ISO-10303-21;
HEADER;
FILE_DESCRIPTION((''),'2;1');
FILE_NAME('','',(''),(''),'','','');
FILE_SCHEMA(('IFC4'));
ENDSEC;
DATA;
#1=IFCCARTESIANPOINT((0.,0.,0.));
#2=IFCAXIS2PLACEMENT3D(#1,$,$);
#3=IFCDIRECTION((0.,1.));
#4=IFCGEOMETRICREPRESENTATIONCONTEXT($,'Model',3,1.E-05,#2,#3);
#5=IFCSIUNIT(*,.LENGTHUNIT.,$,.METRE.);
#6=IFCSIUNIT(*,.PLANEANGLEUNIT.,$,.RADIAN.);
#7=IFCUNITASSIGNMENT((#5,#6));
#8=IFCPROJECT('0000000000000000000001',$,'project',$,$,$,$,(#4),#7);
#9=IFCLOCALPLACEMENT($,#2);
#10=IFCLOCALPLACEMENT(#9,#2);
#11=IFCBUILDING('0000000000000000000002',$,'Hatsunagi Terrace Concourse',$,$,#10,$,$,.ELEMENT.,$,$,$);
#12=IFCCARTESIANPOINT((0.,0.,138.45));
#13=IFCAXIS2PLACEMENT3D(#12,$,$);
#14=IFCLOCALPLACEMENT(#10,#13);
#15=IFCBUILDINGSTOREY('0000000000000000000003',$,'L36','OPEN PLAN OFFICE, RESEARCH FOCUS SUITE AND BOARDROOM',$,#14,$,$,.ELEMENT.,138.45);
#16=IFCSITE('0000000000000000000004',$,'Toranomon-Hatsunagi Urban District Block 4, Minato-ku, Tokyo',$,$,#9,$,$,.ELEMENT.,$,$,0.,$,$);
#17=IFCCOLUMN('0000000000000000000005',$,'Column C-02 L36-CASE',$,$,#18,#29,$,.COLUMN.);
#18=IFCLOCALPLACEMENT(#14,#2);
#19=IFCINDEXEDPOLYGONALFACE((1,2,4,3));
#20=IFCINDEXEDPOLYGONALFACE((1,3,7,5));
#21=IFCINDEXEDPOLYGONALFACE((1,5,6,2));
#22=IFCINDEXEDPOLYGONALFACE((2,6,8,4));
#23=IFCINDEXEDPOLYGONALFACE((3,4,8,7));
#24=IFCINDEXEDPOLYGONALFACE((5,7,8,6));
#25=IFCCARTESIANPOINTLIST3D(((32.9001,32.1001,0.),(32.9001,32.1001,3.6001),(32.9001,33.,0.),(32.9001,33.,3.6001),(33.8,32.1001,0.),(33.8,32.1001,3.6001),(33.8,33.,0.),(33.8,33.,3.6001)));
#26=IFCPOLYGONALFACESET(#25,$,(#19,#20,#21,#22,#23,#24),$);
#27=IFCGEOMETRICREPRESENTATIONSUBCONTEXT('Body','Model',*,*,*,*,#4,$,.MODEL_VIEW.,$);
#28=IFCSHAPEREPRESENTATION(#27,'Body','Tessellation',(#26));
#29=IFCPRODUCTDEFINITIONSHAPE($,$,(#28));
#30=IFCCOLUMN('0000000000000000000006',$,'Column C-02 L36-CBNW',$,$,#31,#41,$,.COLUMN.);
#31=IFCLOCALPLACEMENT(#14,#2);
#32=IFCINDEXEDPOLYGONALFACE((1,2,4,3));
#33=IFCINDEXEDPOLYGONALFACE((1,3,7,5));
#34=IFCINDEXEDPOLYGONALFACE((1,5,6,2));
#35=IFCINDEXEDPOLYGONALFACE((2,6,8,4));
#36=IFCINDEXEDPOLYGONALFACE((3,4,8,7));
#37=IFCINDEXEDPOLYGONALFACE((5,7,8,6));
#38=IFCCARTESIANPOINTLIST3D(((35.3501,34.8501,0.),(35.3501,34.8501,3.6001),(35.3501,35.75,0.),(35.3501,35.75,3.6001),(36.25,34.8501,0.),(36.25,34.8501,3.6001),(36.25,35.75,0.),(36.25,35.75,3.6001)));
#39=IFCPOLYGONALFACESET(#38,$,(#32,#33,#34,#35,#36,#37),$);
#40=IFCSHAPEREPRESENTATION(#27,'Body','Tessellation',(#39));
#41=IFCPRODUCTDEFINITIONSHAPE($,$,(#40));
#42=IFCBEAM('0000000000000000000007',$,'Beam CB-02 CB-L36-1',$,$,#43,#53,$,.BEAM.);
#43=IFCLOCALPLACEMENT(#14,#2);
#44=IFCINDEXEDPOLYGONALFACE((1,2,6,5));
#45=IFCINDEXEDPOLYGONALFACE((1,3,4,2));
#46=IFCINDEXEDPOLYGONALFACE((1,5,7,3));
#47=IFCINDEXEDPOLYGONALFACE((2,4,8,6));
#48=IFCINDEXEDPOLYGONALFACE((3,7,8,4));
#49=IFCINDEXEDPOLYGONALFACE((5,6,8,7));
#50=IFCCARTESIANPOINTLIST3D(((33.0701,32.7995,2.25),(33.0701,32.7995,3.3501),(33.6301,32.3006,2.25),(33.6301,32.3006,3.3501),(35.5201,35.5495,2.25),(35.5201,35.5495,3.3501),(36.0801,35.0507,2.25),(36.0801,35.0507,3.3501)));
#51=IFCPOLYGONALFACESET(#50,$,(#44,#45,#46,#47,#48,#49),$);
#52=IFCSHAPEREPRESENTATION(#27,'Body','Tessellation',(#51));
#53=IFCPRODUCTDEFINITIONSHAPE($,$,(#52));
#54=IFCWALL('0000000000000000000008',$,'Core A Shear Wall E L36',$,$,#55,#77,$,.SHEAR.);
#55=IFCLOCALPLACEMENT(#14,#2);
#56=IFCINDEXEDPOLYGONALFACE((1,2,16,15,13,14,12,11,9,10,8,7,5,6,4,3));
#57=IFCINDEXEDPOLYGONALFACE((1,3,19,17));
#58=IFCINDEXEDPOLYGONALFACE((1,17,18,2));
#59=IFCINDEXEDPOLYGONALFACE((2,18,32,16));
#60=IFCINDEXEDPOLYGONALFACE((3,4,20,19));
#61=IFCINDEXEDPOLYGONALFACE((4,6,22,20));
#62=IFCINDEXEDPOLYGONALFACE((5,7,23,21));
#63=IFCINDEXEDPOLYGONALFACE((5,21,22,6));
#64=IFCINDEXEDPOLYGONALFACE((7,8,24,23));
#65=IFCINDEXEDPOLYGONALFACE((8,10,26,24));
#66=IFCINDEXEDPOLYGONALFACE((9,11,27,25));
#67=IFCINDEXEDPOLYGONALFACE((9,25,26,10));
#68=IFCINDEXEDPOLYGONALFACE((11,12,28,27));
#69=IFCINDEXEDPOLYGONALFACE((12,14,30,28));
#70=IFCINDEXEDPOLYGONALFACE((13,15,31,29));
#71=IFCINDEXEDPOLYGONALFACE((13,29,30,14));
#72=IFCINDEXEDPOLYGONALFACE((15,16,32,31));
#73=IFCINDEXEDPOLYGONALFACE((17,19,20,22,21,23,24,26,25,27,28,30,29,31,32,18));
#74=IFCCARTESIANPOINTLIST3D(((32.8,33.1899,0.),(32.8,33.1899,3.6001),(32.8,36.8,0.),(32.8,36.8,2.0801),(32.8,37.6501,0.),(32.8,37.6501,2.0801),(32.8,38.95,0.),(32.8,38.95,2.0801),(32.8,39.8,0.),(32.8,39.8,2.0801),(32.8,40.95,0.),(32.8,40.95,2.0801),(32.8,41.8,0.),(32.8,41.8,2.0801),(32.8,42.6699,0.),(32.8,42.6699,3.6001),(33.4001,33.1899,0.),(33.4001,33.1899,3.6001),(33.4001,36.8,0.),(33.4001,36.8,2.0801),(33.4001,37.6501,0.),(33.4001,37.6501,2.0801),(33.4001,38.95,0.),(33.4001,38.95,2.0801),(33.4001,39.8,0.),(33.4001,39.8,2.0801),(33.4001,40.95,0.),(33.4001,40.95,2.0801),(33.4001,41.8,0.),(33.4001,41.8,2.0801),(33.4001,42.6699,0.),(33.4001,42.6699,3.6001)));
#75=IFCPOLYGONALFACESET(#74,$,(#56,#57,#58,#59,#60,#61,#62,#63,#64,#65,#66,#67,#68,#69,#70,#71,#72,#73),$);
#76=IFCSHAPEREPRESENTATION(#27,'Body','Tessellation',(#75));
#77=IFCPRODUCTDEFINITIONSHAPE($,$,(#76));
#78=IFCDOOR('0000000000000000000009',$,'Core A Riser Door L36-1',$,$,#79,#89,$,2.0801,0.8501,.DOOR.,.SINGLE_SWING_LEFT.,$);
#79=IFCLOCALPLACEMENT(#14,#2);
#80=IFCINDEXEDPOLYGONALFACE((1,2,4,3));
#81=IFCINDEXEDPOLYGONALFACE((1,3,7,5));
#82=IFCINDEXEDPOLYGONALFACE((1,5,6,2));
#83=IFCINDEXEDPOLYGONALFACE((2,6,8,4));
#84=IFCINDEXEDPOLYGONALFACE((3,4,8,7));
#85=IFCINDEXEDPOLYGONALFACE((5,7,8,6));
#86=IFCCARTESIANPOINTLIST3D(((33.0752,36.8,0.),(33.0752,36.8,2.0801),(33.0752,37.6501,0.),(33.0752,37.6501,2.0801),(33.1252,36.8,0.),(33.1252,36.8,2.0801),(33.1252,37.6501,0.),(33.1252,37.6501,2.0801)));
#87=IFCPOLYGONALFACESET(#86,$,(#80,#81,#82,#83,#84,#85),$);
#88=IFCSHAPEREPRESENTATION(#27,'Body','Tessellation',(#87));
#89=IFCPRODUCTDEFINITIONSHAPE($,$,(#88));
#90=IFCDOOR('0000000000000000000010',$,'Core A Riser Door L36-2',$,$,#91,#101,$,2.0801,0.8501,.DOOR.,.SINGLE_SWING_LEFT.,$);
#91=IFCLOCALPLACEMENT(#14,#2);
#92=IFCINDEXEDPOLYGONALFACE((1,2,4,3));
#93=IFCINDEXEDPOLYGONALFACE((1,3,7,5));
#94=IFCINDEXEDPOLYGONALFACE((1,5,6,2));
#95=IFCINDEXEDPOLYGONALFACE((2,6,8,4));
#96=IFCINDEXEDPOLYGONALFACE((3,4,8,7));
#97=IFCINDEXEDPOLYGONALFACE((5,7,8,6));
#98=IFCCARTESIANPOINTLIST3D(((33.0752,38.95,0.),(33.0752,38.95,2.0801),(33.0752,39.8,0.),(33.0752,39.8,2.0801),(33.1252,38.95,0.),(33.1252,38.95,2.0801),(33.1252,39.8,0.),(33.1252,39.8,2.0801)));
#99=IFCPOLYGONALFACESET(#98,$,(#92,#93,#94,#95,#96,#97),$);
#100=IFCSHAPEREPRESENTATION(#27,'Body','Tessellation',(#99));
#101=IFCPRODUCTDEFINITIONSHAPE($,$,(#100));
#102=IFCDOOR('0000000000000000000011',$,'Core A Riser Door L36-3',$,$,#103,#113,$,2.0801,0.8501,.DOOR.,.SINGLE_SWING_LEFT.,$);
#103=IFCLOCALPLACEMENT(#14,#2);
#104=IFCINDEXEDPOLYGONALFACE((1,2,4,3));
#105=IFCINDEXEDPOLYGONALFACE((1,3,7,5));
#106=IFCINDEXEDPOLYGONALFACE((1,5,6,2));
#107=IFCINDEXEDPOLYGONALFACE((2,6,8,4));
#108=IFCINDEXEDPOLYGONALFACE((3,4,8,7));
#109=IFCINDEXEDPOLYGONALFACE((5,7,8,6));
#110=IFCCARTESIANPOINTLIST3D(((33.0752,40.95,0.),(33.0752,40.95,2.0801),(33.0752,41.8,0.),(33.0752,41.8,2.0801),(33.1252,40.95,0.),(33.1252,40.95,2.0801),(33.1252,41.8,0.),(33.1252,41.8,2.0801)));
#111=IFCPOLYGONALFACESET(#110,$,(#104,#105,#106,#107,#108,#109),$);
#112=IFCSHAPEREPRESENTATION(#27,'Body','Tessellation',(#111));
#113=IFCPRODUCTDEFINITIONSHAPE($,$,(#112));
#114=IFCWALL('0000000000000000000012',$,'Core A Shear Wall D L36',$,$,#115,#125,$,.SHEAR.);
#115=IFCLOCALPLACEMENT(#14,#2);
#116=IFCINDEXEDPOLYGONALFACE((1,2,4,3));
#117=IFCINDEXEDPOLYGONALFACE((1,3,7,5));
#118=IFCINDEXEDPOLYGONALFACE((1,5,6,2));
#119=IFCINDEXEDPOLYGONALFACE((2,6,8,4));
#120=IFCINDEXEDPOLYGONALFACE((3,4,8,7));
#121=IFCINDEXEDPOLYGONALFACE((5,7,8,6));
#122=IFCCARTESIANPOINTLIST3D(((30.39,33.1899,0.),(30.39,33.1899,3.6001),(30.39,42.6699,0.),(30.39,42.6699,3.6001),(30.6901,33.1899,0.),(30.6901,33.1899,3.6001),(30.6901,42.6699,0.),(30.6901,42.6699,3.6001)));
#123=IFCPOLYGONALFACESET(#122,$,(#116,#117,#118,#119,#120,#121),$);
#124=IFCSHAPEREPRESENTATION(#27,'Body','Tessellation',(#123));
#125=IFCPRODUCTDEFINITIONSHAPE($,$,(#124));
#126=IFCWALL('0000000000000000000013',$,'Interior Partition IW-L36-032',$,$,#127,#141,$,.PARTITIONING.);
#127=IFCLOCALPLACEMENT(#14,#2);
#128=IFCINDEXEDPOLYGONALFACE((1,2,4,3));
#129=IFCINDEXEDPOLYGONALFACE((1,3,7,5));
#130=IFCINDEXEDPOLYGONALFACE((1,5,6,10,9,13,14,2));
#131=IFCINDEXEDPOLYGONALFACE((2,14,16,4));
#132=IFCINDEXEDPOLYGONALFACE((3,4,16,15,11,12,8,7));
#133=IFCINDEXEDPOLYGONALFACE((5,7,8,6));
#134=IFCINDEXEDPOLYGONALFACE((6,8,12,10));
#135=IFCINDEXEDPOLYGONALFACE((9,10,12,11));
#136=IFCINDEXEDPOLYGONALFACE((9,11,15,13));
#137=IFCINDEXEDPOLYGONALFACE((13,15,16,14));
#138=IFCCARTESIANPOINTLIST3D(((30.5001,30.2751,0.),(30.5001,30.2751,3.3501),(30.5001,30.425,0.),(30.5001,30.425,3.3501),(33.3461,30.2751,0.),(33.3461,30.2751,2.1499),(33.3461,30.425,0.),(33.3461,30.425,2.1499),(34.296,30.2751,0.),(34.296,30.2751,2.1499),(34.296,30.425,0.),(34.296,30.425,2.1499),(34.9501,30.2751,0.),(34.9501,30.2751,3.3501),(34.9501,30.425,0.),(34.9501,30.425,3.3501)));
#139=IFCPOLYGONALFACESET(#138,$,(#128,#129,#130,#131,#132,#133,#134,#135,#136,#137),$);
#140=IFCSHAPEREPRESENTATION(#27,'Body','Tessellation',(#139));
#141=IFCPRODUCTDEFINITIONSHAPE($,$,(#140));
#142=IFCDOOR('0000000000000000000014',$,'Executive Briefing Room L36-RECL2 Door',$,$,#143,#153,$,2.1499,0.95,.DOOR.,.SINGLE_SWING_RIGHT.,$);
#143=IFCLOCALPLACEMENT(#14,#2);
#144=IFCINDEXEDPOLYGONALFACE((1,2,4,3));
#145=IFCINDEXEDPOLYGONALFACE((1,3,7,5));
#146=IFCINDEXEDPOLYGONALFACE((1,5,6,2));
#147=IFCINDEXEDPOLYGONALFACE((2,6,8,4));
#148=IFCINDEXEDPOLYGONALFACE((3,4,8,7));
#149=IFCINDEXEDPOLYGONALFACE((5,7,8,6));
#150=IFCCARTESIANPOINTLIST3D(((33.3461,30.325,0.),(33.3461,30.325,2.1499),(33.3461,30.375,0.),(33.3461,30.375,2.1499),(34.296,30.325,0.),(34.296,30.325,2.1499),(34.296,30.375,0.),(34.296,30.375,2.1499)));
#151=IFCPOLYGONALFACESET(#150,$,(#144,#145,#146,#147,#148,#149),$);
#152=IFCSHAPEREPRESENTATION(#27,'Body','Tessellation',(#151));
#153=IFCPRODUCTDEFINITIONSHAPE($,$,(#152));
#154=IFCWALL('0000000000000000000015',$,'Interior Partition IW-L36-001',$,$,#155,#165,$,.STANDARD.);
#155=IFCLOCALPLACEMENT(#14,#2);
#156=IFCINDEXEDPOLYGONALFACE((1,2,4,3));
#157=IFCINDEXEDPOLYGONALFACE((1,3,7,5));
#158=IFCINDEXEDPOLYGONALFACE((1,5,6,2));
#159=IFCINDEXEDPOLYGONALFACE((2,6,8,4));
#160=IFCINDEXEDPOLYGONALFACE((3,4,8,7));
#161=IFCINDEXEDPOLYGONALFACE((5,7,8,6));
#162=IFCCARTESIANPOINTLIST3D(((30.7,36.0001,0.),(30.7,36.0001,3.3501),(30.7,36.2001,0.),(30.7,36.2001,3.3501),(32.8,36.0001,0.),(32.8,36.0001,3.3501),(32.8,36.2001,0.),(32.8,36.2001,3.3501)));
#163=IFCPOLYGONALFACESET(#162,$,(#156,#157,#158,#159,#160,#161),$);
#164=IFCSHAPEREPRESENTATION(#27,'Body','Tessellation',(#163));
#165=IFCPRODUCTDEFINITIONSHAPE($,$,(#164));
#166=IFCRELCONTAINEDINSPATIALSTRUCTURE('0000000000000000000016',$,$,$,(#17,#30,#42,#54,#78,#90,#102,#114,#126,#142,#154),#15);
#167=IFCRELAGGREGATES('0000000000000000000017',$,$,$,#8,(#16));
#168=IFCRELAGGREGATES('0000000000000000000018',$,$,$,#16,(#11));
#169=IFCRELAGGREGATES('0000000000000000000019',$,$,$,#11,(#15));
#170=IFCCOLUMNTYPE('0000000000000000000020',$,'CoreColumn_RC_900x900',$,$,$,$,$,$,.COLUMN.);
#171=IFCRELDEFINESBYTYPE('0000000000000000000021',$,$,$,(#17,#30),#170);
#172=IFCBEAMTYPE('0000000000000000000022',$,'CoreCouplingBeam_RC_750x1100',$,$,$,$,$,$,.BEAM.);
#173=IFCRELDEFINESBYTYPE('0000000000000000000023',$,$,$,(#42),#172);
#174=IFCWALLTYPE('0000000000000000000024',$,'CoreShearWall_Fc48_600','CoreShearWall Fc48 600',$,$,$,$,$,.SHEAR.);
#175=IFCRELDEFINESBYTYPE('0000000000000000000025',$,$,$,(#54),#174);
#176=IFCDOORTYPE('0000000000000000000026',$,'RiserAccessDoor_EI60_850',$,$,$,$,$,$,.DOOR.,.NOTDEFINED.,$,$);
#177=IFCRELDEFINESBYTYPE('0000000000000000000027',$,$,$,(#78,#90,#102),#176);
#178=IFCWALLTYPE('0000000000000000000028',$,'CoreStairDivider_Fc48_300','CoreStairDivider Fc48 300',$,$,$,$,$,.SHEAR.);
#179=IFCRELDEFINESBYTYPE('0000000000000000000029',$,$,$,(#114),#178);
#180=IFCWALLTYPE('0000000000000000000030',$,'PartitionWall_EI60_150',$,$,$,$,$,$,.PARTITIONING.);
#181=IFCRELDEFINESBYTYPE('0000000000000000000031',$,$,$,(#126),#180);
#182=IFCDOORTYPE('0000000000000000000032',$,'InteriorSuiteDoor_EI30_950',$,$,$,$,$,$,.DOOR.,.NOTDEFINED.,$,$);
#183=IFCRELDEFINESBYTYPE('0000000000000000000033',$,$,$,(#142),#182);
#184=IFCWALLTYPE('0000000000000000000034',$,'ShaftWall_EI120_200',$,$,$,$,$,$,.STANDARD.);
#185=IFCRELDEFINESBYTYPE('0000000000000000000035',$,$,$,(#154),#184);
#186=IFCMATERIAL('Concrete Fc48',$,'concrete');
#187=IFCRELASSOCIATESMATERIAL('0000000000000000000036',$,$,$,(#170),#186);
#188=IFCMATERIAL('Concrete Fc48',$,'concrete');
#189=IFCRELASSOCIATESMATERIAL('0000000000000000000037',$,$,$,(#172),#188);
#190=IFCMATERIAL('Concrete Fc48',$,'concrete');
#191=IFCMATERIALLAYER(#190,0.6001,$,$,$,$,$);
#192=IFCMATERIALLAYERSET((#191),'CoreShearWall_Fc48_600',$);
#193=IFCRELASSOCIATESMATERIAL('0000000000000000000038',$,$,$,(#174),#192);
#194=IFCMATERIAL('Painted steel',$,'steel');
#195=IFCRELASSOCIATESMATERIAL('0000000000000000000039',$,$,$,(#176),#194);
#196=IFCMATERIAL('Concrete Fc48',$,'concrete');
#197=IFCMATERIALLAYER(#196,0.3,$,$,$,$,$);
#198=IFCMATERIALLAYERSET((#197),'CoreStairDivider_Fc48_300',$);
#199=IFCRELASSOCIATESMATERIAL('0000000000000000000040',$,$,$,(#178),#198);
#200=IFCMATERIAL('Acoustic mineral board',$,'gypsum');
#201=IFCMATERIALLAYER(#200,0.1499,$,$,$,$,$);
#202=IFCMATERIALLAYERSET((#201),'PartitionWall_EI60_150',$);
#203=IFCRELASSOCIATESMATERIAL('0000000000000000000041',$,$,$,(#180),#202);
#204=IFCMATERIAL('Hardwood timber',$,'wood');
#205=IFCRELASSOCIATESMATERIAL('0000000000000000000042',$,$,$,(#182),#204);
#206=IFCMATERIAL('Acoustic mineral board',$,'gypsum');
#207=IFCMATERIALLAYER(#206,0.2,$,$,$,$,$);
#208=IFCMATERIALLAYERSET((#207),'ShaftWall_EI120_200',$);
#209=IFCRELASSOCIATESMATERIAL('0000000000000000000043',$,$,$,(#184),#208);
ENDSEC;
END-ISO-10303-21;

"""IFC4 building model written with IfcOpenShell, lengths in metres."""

from ifc_helpers import new_model, si_unit, direction, frame, frame_2d, origin, origin_2d, place, context, subcontext, project, spatial, rectangle, extrude, material, layer, layer_set, material_profile, profile_set, type_object, element, fill, save


model = new_model("IFC4")

# Units and contexts
model_context = context("Model", 3, precision=1e-05, world=origin(), true_north=direction((0.0, 1.0)))
body_context = subcontext(model_context, "Body", "Model", "MODEL_VIEW")
ifc_project = project(units=[si_unit("LENGTHUNIT", "METRE"), si_unit("PLANEANGLEUNIT", "RADIAN")], contexts=[model_context])

# Site, building, storey
site_placement = place(None, origin())
site = spatial("IfcSite", under=ifc_project, at=site_placement, Name="Toranomon-Hatsunagi Urban District Block 4, Minato-ku, Tokyo", CompositionType="ELEMENT", RefElevation=0.0)
building_placement = place(site_placement, origin())
building = spatial("IfcBuilding", under=site, at=building_placement, Name="Hatsunagi Terrace Concourse", CompositionType="ELEMENT")
storey_placement = place(building_placement, frame((0.0, 0.0, 138.45)))
storey = spatial("IfcBuildingStorey", under=building, at=storey_placement, Name="L36", Description="OPEN PLAN OFFICE, RESEARCH FOCUS SUITE AND BOARDROOM", CompositionType="ELEMENT", Elevation=138.45)

# Columns
ifc_material_1 = material(Name="Concrete Fc48", Category="concrete")
ifc_material_profile_1 = material_profile(ifc_material_1, rectangle(XDim=0.8999, YDim=0.8999, at=origin_2d()), Name="RC-900x900")
ifc_profile_set_1 = profile_set([ifc_material_profile_1], Name="Concrete Fc48")
column_type = type_object("IfcColumnType", Name="CoreColumn_RC_900x900", PredefinedType="COLUMN", material=ifc_profile_set_1)
for number, where, z_axis, x_axis, name in (
    (1, (33.3501, 32.55, 0.0), (0.0, 0.0, 1.0), (1.0, 0.0, 0.0), "Column C-02 L36-CASE"),
    (2, (35.8, 35.3, 0.0), (0.0, 0.0, 1.0), (1.0, 0.0, 0.0), "Column C-02 L36-CBNW"),
):
    element("IfcColumn", number, at=place(storey_placement, frame(where, z_axis=z_axis, x_axis=x_axis)), inside=storey, type_object=column_type, Name=name, PredefinedType="COLUMN", context=body_context, shape_type="SweptSolid", body=[
        extrude(rectangle(XDim=0.8999, YDim=0.8999, at=origin_2d()), origin(), (0.0, 0.0, 1.0), 3.6001),
    ])

# Beam
ifc_material_2 = material(Name="Concrete Fc48", Category="concrete")
ifc_material_profile_2 = material_profile(ifc_material_2, rectangle(XDim=0.75, YDim=1.1001, at=origin_2d()), Name="RC-750x1100")
ifc_profile_set_2 = profile_set([ifc_material_profile_2], Name="Concrete Fc48")
beam_type = type_object("IfcBeamType", Name="CoreCouplingBeam_RC_750x1100", PredefinedType="BEAM", material=ifc_profile_set_2)
beam_placement = place(storey_placement, frame((33.3501, 32.55, 2.8), z_axis=(0.665199, 0.746666, 0.0), x_axis=(-0.746666, 0.665199, 0.0)))
element("IfcBeam", 3, at=beam_placement, inside=storey, type_object=beam_type, Name="Beam CB-02 CB-L36-1", PredefinedType="BEAM", context=body_context, shape_type="SweptSolid", body=[
    extrude(rectangle(XDim=0.75, YDim=1.1001, at=origin_2d()), origin(), (0.0, 0.0, 1.0), 3.6831),
])

# Wall, openings, doors
ifc_material_3 = material(Name="Concrete Fc48", Category="concrete")
ifc_layer_1 = layer(ifc_material_3, 0.6001)
ifc_layer_set_1 = layer_set([ifc_layer_1], Name="CoreShearWall_Fc48_600")
wall_type_1 = type_object("IfcWallType", Name="CoreShearWall_Fc48_600", Description="CoreShearWall Fc48 600", PredefinedType="SHEAR", material=ifc_layer_set_1)
wall_1_placement = place(storey_placement, frame((33.1001, 33.1899, 0.0), z_axis=(0.0, 0.0, 1.0), x_axis=(0.0, 1.0, 0.0)))
wall_1 = element("IfcWall", 4, at=wall_1_placement, inside=storey, type_object=wall_type_1, Name="Core A Shear Wall E L36", PredefinedType="SHEAR", context=body_context, shape_type="SweptSolid", body=[
    extrude(rectangle(XDim=9.48, YDim=0.6001, at=frame_2d((4.74, 0.0))), origin(), (0.0, 0.0, 1.0), 3.6001),
])
opening_1_placement = place(wall_1_placement, frame((3.6101, 0.0, 0.0)))
opening_1 = element("IfcOpeningElement", 5, at=opening_1_placement, cuts=wall_1, PredefinedType="OPENING", context=body_context, shape_type="SweptSolid", body=[
    extrude(rectangle(XDim=0.8501, YDim=2.0801, at=frame_2d((0.425, 1.04))), frame((0.0, 0.3101, 0.0), z_axis=(0.0, -1.0, 0.0), x_axis=(1.0, 0.0, 0.0)), (0.0, 0.0, 1.0), 0.6201),
])
opening_2_placement = place(wall_1_placement, frame((5.76, 0.0, 0.0)))
opening_2 = element("IfcOpeningElement", 6, at=opening_2_placement, cuts=wall_1, PredefinedType="OPENING", context=body_context, shape_type="SweptSolid", body=[
    extrude(rectangle(XDim=0.8501, YDim=2.0801, at=frame_2d((0.425, 1.04))), frame((0.0, 0.3101, 0.0), z_axis=(0.0, -1.0, 0.0), x_axis=(1.0, 0.0, 0.0)), (0.0, 0.0, 1.0), 0.6201),
])
opening_3_placement = place(wall_1_placement, frame((7.76, 0.0, 0.0)))
opening_3 = element("IfcOpeningElement", 7, at=opening_3_placement, cuts=wall_1, PredefinedType="OPENING", context=body_context, shape_type="SweptSolid", body=[
    extrude(rectangle(XDim=0.8501, YDim=2.0801, at=frame_2d((0.425, 1.04))), frame((0.0, 0.3101, 0.0), z_axis=(0.0, -1.0, 0.0), x_axis=(1.0, 0.0, 0.0)), (0.0, 0.0, 1.0), 0.6201),
])
ifc_material_4 = material(Name="Painted steel", Category="steel")
door_type_1 = type_object("IfcDoorType", Name="RiserAccessDoor_EI60_850", OperationType="NOTDEFINED", PredefinedType="DOOR", material=ifc_material_4)
door_1_placement = place(opening_1_placement, origin())
door_1 = element("IfcDoor", 8, at=door_1_placement, inside=storey, type_object=door_type_1, Name="Core A Riser Door L36-1", OperationType="SINGLE_SWING_LEFT", OverallHeight=2.0801, OverallWidth=0.8501, PredefinedType="DOOR", context=body_context, shape_type="SweptSolid", body=[
    extrude(rectangle(XDim=0.8501, YDim=2.0801, at=frame_2d((0.425, 1.04))), frame((0.0, 0.0249, 0.0), z_axis=(0.0, -1.0, 0.0), x_axis=(1.0, 0.0, 0.0)), (0.0, 0.0, 1.0), 0.05),
])
fill(opening_1, door_1)
door_2_placement = place(opening_2_placement, origin())
door_2 = element("IfcDoor", 9, at=door_2_placement, inside=storey, type_object=door_type_1, Name="Core A Riser Door L36-2", OperationType="SINGLE_SWING_LEFT", OverallHeight=2.0801, OverallWidth=0.8501, PredefinedType="DOOR", context=body_context, shape_type="SweptSolid", body=[
    extrude(rectangle(XDim=0.8501, YDim=2.0801, at=frame_2d((0.425, 1.04))), frame((0.0, 0.0249, 0.0), z_axis=(0.0, -1.0, 0.0), x_axis=(1.0, 0.0, 0.0)), (0.0, 0.0, 1.0), 0.05),
])
fill(opening_2, door_2)
door_3_placement = place(opening_3_placement, origin())
door_3 = element("IfcDoor", 10, at=door_3_placement, inside=storey, type_object=door_type_1, Name="Core A Riser Door L36-3", OperationType="SINGLE_SWING_LEFT", OverallHeight=2.0801, OverallWidth=0.8501, PredefinedType="DOOR", context=body_context, shape_type="SweptSolid", body=[
    extrude(rectangle(XDim=0.8501, YDim=2.0801, at=frame_2d((0.425, 1.04))), frame((0.0, 0.0249, 0.0), z_axis=(0.0, -1.0, 0.0), x_axis=(1.0, 0.0, 0.0)), (0.0, 0.0, 1.0), 0.05),
])
fill(opening_3, door_3)

# Wall
ifc_material_5 = material(Name="Concrete Fc48", Category="concrete")
ifc_layer_2 = layer(ifc_material_5, 0.3)
ifc_layer_set_2 = layer_set([ifc_layer_2], Name="CoreStairDivider_Fc48_300")
wall_type_2 = type_object("IfcWallType", Name="CoreStairDivider_Fc48_300", Description="CoreStairDivider Fc48 300", PredefinedType="SHEAR", material=ifc_layer_set_2)
wall_2_placement = place(storey_placement, frame((30.54, 33.1899, 0.0), z_axis=(0.0, 0.0, 1.0), x_axis=(0.0, 1.0, 0.0)))
element("IfcWall", 11, at=wall_2_placement, inside=storey, type_object=wall_type_2, Name="Core A Shear Wall D L36", PredefinedType="SHEAR", context=body_context, shape_type="SweptSolid", body=[
    extrude(rectangle(XDim=9.48, YDim=0.3, at=frame_2d((4.74, 0.0))), origin(), (0.0, 0.0, 1.0), 3.6001),
])

# Wall, opening, door
ifc_material_6 = material(Name="Acoustic mineral board", Category="gypsum")
ifc_layer_3 = layer(ifc_material_6, 0.1499)
ifc_layer_set_3 = layer_set([ifc_layer_3], Name="PartitionWall_EI60_150")
wall_type_3 = type_object("IfcWallType", Name="PartitionWall_EI60_150", PredefinedType="PARTITIONING", material=ifc_layer_set_3)
wall_3_placement = place(storey_placement, frame((30.5, 30.3501, 0.0), z_axis=(0.0, 0.0, 1.0), x_axis=(1.0, 0.0, 0.0)))
wall_3 = element("IfcWall", 12, at=wall_3_placement, inside=storey, type_object=wall_type_3, Name="Interior Partition IW-L36-032", PredefinedType="PARTITIONING", context=body_context, shape_type="SweptSolid", body=[
    extrude(rectangle(XDim=4.45, YDim=0.1499, at=frame_2d((2.2251, 0.0))), origin(), (0.0, 0.0, 1.0), 3.3501),
])
opening_4_placement = place(wall_3_placement, frame((2.8459, 0.0, 0.0)))
opening_4 = element("IfcOpeningElement", 13, at=opening_4_placement, cuts=wall_3, PredefinedType="OPENING", context=body_context, shape_type="SweptSolid", body=[
    extrude(rectangle(XDim=0.95, YDim=2.1499, at=frame_2d((0.4751, 1.075))), frame((0.0, 0.085, 0.0), z_axis=(0.0, -1.0, 0.0), x_axis=(1.0, 0.0, 0.0)), (0.0, 0.0, 1.0), 0.1699),
])
ifc_material_7 = material(Name="Hardwood timber", Category="wood")
door_type_2 = type_object("IfcDoorType", Name="InteriorSuiteDoor_EI30_950", OperationType="NOTDEFINED", PredefinedType="DOOR", material=ifc_material_7)
door_4_placement = place(opening_4_placement, origin())
door_4 = element("IfcDoor", 14, at=door_4_placement, inside=storey, type_object=door_type_2, Name="Executive Briefing Room L36-RECL2 Door", OperationType="SINGLE_SWING_RIGHT", OverallHeight=2.1499, OverallWidth=0.95, PredefinedType="DOOR", context=body_context, shape_type="SweptSolid", body=[
    extrude(rectangle(XDim=0.95, YDim=2.1499, at=frame_2d((0.4751, 1.075))), frame((0.0, 0.0249, 0.0), z_axis=(0.0, -1.0, 0.0), x_axis=(1.0, 0.0, 0.0)), (0.0, 0.0, 1.0), 0.05),
])
fill(opening_4, door_4)

# Wall
ifc_material_8 = material(Name="Acoustic mineral board", Category="gypsum")
ifc_layer_4 = layer(ifc_material_8, 0.2)
ifc_layer_set_4 = layer_set([ifc_layer_4], Name="ShaftWall_EI120_200")
wall_type_4 = type_object("IfcWallType", Name="ShaftWall_EI120_200", PredefinedType="STANDARD", material=ifc_layer_set_4)
wall_4_placement = place(storey_placement, frame((30.7, 36.1001, 0.0), z_axis=(0.0, 0.0, 1.0), x_axis=(1.0, 0.0, 0.0)))
element("IfcWall", 15, at=wall_4_placement, inside=storey, type_object=wall_type_4, Name="Interior Partition IW-L36-001", PredefinedType="STANDARD", context=body_context, shape_type="SweptSolid", body=[
    extrude(rectangle(XDim=2.1001, YDim=0.2, at=frame_2d((1.05, 0.0))), origin(), (0.0, 0.0, 1.0), 3.3501),
])

save(model, "model.ifc")
